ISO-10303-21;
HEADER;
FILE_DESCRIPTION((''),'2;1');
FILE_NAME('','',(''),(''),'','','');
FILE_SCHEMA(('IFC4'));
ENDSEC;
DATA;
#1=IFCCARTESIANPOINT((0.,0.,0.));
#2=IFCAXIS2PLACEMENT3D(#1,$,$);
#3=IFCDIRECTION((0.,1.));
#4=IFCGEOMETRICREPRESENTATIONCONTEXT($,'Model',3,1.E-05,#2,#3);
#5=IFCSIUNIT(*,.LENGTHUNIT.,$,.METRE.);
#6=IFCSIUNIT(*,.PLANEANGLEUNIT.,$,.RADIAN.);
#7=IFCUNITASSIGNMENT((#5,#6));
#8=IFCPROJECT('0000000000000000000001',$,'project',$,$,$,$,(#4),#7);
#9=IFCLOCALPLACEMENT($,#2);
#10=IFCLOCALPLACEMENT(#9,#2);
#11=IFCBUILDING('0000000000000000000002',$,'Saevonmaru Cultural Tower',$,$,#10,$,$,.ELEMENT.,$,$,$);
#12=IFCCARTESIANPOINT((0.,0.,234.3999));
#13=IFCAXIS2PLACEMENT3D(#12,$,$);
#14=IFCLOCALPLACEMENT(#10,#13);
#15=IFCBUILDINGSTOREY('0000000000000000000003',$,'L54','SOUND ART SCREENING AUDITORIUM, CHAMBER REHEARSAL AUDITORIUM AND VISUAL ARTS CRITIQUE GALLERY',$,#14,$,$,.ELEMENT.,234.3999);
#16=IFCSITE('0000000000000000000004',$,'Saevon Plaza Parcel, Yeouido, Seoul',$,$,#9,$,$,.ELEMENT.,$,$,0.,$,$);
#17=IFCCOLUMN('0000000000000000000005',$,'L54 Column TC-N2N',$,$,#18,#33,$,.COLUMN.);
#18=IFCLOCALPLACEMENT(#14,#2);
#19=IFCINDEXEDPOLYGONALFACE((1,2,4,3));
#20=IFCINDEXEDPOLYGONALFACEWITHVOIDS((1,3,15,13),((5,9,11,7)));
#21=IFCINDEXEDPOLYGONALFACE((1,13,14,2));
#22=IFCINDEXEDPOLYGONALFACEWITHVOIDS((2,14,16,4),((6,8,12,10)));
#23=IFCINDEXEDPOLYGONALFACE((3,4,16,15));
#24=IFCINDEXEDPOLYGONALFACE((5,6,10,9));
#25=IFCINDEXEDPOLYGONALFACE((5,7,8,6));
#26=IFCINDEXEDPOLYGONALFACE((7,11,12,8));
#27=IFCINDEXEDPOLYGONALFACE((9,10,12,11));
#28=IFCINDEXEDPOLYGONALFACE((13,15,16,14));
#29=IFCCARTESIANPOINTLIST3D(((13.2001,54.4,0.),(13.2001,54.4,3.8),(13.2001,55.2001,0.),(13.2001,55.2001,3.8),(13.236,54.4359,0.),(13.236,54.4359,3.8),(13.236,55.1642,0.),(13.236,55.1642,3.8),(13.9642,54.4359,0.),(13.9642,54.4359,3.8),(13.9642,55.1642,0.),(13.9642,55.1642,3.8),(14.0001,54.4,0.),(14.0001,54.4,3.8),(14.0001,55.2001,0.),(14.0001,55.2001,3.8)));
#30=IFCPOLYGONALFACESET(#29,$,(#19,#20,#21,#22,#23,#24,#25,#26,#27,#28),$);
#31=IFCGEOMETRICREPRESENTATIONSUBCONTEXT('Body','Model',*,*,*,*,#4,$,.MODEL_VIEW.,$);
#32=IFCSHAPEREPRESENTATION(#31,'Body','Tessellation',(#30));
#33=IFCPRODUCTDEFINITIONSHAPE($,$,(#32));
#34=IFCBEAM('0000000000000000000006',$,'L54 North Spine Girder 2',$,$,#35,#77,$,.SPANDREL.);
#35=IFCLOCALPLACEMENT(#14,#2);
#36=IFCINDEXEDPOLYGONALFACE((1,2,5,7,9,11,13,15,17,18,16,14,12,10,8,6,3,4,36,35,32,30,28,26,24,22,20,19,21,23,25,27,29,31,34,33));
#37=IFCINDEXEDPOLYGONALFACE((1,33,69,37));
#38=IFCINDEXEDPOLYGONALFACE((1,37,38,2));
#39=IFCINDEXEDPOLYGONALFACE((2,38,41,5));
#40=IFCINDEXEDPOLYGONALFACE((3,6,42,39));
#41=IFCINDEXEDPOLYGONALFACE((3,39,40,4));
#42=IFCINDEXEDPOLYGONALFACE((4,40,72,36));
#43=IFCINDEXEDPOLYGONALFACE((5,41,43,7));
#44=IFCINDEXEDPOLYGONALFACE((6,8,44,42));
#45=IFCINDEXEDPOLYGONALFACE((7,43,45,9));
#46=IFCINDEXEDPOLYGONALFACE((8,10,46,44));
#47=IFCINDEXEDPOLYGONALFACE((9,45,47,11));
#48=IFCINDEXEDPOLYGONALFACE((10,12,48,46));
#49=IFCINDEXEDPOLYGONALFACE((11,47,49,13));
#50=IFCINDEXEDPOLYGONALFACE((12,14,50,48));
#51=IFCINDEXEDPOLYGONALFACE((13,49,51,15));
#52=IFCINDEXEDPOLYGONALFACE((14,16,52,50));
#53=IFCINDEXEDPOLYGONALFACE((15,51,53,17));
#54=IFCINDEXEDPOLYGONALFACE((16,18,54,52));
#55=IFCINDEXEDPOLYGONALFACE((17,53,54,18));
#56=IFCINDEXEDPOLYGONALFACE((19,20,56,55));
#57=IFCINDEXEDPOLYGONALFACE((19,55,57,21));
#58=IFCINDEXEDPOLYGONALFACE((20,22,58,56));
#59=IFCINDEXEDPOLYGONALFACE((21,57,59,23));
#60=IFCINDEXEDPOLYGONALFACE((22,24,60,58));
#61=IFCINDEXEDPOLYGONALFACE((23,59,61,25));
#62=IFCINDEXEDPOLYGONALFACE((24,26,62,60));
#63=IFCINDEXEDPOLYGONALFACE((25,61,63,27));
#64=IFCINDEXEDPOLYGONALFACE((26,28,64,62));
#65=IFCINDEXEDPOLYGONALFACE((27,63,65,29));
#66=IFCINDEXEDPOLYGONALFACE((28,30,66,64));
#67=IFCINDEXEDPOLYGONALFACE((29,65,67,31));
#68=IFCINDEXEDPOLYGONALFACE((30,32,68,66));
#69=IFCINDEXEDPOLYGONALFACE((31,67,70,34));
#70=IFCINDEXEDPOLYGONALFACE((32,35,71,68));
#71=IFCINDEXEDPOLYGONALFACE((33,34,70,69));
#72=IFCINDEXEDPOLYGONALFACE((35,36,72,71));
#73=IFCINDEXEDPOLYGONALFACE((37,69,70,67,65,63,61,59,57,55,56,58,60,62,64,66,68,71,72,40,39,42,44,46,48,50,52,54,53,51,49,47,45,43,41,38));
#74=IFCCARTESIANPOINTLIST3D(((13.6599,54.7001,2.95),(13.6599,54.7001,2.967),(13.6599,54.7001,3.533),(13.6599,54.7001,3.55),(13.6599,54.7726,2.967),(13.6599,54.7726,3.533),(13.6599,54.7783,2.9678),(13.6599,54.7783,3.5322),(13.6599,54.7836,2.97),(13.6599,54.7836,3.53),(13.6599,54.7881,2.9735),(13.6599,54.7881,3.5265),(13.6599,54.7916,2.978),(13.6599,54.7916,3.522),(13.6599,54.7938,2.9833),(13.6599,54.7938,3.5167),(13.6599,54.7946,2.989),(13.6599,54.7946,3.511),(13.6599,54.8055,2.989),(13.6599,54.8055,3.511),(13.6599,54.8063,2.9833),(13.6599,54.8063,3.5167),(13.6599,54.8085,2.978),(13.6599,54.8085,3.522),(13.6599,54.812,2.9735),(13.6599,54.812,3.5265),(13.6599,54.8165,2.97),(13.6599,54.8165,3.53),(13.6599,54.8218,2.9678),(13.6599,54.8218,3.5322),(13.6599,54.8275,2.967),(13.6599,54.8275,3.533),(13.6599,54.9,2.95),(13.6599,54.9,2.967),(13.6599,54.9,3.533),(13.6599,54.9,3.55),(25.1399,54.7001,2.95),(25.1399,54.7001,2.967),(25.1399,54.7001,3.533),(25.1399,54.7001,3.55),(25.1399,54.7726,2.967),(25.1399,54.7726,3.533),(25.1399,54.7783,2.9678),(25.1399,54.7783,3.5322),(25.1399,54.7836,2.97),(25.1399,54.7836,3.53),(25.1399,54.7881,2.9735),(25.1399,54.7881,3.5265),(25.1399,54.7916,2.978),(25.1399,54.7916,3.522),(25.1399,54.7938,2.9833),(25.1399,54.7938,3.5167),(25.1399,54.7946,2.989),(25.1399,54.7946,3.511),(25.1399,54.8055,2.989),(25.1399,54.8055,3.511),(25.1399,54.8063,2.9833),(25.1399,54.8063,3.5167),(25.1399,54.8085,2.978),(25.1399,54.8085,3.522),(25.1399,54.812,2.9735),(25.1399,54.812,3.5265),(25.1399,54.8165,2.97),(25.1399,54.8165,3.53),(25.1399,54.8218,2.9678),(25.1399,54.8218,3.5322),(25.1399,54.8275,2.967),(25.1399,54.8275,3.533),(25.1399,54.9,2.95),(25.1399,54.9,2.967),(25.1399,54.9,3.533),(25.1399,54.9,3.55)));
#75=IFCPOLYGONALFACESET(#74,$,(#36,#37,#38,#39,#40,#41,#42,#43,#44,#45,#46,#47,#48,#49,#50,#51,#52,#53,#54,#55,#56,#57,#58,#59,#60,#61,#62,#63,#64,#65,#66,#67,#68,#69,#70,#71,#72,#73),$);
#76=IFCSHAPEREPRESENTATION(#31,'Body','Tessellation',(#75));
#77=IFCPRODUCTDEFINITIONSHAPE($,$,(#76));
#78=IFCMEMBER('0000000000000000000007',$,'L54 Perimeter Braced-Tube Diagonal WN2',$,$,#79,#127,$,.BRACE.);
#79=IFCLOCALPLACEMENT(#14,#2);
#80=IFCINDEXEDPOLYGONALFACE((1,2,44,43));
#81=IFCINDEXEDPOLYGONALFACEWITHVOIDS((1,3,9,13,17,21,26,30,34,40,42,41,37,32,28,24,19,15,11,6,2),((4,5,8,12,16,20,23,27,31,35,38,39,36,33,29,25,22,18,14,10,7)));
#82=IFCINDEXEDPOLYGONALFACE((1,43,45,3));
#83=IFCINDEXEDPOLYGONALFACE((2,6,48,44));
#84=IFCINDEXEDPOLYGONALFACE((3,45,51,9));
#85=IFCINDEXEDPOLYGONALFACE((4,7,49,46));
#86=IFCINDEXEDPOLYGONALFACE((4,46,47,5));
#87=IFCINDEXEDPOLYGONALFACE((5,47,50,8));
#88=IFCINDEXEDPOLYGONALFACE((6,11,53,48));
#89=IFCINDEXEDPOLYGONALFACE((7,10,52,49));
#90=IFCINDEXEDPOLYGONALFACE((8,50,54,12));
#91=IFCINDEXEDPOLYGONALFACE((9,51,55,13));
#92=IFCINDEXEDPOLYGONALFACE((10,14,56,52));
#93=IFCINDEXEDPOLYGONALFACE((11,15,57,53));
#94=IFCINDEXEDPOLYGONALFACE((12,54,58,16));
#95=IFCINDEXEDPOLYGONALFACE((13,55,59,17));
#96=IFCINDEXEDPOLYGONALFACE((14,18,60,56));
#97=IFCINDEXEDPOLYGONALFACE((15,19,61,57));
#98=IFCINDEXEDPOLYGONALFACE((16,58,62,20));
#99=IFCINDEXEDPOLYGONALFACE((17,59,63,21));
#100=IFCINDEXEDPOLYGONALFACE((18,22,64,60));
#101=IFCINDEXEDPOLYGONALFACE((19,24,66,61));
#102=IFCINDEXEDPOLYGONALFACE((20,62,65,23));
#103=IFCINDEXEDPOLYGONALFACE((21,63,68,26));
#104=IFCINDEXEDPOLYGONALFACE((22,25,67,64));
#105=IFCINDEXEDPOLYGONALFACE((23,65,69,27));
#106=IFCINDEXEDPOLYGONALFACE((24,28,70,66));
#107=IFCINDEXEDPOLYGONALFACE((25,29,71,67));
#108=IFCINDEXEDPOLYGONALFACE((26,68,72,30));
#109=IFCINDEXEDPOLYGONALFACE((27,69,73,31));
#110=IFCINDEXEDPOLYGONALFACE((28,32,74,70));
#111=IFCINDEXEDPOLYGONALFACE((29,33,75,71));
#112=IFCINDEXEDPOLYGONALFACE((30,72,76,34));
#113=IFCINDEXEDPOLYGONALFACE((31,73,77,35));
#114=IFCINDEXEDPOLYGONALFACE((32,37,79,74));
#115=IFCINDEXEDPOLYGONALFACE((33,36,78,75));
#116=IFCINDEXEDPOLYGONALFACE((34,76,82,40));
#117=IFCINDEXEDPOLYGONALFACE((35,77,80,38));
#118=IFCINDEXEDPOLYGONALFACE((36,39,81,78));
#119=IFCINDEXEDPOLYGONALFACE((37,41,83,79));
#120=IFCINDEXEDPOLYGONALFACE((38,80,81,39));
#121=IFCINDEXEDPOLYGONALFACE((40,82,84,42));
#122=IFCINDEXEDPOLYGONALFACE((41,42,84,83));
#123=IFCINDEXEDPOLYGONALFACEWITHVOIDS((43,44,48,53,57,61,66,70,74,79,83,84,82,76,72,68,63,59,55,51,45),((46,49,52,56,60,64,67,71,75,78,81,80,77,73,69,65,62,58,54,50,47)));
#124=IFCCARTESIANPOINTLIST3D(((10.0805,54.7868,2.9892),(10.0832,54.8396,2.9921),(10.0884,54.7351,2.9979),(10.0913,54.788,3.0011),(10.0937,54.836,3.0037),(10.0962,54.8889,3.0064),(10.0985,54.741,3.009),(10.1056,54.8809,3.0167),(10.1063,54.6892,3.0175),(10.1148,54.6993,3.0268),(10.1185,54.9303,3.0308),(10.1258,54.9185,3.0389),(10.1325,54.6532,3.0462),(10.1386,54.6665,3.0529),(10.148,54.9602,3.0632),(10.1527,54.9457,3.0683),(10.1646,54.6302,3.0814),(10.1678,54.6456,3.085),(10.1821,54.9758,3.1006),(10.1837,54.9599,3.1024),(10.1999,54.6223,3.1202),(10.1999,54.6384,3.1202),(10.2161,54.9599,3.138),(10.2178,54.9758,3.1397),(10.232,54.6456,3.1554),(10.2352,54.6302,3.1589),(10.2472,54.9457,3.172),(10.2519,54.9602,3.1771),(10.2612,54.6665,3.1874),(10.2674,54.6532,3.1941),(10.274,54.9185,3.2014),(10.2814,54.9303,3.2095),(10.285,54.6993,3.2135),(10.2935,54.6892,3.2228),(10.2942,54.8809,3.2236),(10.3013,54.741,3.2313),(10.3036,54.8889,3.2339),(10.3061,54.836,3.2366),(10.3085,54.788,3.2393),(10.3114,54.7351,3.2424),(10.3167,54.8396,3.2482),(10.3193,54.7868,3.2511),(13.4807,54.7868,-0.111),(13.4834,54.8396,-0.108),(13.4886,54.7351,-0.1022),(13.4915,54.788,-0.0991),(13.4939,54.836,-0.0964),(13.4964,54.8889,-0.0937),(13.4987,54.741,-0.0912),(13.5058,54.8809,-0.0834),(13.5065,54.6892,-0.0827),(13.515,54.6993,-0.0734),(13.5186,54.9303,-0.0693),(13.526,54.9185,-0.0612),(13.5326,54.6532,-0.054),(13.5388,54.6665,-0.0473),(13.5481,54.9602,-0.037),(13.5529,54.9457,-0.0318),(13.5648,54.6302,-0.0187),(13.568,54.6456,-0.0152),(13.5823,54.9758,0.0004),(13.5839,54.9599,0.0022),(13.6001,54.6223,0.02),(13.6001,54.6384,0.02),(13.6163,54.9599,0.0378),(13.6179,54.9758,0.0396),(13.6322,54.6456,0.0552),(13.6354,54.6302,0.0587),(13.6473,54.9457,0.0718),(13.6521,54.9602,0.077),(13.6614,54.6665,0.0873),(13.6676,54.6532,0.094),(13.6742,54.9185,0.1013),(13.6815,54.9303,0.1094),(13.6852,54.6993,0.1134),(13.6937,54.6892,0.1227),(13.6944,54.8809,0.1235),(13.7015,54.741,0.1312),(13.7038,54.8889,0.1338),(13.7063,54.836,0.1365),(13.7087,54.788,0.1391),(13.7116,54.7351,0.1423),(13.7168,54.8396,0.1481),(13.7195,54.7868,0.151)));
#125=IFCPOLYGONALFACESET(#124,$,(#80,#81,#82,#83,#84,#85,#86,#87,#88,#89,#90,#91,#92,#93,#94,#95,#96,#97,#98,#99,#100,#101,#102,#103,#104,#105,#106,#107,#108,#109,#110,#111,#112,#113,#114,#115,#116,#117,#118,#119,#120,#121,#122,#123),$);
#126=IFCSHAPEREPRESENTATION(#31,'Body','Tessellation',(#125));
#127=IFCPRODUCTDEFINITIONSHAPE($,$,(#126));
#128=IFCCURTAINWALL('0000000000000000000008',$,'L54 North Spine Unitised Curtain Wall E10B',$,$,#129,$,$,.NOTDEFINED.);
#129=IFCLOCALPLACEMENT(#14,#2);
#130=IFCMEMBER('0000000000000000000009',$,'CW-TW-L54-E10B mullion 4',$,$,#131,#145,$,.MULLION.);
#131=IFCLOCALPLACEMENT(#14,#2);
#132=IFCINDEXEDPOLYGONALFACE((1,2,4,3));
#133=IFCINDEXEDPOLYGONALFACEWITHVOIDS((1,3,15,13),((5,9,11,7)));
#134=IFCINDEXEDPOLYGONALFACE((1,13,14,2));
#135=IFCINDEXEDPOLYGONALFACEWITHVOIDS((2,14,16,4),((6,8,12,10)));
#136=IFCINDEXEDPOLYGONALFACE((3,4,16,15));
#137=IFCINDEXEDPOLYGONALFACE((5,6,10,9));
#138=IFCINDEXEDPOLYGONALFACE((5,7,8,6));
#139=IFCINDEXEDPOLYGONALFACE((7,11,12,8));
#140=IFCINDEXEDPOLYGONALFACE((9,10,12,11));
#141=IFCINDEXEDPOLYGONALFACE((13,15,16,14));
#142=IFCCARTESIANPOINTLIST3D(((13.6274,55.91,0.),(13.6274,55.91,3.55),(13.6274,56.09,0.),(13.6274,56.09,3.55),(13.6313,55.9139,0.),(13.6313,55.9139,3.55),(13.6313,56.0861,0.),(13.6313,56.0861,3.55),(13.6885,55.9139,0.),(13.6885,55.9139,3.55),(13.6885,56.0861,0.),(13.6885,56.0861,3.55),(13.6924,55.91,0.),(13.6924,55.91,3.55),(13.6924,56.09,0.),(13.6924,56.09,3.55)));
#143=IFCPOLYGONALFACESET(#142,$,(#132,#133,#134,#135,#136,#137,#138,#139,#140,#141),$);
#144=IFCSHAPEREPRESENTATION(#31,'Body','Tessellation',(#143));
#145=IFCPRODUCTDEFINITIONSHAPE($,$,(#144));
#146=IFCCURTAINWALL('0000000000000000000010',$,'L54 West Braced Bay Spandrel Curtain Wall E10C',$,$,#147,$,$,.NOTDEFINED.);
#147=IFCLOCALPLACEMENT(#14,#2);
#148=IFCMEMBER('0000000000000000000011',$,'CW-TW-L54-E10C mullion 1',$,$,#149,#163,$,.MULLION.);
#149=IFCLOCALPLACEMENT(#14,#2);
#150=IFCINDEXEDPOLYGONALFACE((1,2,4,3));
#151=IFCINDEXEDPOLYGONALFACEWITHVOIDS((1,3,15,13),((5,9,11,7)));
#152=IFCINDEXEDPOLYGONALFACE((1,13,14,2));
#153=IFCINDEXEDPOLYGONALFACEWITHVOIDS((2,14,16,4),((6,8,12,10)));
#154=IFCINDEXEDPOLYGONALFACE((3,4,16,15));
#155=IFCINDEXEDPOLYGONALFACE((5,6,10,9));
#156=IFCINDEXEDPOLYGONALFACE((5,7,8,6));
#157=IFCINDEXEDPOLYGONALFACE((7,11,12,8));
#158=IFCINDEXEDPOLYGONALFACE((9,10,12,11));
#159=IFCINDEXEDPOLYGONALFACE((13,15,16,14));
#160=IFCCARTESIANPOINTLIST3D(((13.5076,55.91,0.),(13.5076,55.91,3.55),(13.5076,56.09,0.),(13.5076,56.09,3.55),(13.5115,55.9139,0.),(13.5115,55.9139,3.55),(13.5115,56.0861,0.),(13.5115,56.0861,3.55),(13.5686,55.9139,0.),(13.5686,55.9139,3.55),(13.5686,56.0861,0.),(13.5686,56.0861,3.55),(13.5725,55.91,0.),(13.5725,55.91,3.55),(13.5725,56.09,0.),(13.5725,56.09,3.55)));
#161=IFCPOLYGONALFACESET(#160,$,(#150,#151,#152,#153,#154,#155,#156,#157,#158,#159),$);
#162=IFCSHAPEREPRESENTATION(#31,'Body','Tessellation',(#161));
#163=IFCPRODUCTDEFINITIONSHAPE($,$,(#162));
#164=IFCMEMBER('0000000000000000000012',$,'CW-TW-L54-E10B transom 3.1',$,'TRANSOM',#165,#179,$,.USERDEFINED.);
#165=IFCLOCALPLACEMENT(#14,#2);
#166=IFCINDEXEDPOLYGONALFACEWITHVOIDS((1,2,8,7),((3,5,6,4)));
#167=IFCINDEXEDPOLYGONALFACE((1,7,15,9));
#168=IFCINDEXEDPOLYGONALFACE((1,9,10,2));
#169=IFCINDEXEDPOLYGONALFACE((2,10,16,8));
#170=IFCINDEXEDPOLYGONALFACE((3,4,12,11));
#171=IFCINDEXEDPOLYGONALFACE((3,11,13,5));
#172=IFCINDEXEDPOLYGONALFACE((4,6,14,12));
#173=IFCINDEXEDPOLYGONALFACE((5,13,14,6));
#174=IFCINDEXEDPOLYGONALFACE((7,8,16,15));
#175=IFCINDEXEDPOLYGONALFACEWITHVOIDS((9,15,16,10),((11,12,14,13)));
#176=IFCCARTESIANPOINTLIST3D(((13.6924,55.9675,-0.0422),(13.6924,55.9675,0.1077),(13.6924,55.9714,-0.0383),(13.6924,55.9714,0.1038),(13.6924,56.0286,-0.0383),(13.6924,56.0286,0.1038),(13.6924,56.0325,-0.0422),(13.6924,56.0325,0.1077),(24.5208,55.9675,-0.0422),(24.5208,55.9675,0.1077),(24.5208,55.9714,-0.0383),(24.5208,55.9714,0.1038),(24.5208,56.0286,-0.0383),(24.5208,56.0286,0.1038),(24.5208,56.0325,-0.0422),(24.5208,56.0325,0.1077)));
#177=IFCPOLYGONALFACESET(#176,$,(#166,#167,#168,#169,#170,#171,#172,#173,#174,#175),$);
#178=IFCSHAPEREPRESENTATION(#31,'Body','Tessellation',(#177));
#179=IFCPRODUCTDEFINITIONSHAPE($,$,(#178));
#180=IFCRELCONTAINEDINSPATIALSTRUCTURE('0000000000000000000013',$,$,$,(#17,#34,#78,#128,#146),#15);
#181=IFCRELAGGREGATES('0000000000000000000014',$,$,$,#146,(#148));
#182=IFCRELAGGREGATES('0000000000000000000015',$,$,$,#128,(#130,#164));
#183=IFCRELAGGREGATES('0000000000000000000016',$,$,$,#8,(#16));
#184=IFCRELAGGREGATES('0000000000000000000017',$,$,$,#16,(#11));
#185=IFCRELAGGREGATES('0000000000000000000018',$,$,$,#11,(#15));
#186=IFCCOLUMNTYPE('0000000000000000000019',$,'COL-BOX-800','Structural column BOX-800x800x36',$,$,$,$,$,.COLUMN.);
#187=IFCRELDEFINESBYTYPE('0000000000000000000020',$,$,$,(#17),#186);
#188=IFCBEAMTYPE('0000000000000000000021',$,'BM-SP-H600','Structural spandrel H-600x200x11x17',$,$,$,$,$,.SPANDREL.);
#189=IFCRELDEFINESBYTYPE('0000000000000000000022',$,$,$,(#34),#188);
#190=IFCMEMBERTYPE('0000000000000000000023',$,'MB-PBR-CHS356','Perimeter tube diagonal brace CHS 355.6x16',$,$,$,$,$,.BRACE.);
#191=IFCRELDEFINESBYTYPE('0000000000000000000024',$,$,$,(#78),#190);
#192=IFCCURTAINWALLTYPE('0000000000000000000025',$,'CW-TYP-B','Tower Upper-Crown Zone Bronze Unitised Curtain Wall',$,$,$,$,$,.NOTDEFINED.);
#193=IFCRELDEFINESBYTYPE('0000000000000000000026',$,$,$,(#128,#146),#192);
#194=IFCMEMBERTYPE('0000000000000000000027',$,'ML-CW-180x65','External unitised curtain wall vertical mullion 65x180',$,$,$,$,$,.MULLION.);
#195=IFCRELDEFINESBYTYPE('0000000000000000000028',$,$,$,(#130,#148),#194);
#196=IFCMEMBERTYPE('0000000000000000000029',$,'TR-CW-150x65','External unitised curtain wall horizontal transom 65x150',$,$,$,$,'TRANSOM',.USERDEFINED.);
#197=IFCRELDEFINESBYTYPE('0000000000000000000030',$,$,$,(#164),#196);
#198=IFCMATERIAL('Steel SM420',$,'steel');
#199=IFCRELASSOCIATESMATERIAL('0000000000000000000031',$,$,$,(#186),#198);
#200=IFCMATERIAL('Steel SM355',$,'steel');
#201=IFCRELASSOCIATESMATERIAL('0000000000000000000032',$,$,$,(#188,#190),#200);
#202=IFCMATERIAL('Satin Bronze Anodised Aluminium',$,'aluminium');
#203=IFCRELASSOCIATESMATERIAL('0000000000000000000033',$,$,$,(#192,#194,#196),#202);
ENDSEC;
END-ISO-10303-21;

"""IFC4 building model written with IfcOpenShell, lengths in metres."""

from ifc_helpers import new_model, si_unit, direction, frame, origin, origin_2d, place, context, subcontext, project, spatial, hollow_rectangle, hollow_circle, i_section, extrude, material, material_profile, profile_set, type_object, element, aggregate, save


model = new_model("IFC4")

# Units and contexts
model_context = context("Model", 3, precision=1e-05, world=origin(), true_north=direction((0.0, 1.0)))
body_context = subcontext(model_context, "Body", "Model", "MODEL_VIEW")
ifc_project = project(units=[si_unit("LENGTHUNIT", "METRE"), si_unit("PLANEANGLEUNIT", "RADIAN")], contexts=[model_context])

# Site, building, storey
site_placement = place(None, origin())
site = spatial("IfcSite", under=ifc_project, at=site_placement, Name="Saevon Plaza Parcel, Yeouido, Seoul", CompositionType="ELEMENT", RefElevation=0.0)
building_placement = place(site_placement, origin())
building = spatial("IfcBuilding", under=site, at=building_placement, Name="Saevonmaru Cultural Tower", CompositionType="ELEMENT")
storey_placement = place(building_placement, frame((0.0, 0.0, 234.3999)))
storey = spatial("IfcBuildingStorey", under=building, at=storey_placement, Name="L54", Description="SOUND ART SCREENING AUDITORIUM, CHAMBER REHEARSAL AUDITORIUM AND VISUAL ARTS CRITIQUE GALLERY", CompositionType="ELEMENT", Elevation=234.3999)

# Column
ifc_material_1 = material(Name="Steel SM420", Category="steel")
ifc_material_profile_1 = material_profile(ifc_material_1, hollow_rectangle(XDim=0.8, YDim=0.8, WallThickness=0.0359, at=origin_2d()), Name="BOX-800x800x36")
ifc_profile_set_1 = profile_set([ifc_material_profile_1], Name="Steel SM420")
column_type = type_object("IfcColumnType", Name="COL-BOX-800", Description="Structural column BOX-800x800x36", PredefinedType="COLUMN", material=ifc_profile_set_1)
column_placement = place(storey_placement, frame((13.6001, 54.8, 0.0), z_axis=(0.0, 0.0, 1.0), x_axis=(1.0, 0.0, 0.0)))
element("IfcColumn", 1, at=column_placement, inside=storey, type_object=column_type, Name="L54 Column TC-N2N", PredefinedType="COLUMN", context=body_context, shape_type="SweptSolid", body=[
    extrude(hollow_rectangle(XDim=0.8, YDim=0.8, WallThickness=0.0359, at=origin_2d()), origin(), (0.0, 0.0, 1.0), 3.8),
])

# Beam
ifc_material_2 = material(Name="Steel SM355", Category="steel")
ifc_material_profile_2 = material_profile(ifc_material_2, i_section(OverallWidth=0.2, OverallDepth=0.6001, WebThickness=0.011, FlangeThickness=0.0171, FilletRadius=0.022, at=origin_2d()), Name="H-600x200x11x17")
ifc_profile_set_2 = profile_set([ifc_material_profile_2], Name="Steel SM355")
beam_type = type_object("IfcBeamType", Name="BM-SP-H600", Description="Structural spandrel H-600x200x11x17", PredefinedType="SPANDREL", material=ifc_profile_set_2)
beam_placement = place(storey_placement, frame((13.6599, 54.8, 3.25), z_axis=(1.0, 0.0, 0.0), x_axis=(0.0, 1.0, 0.0)))
element("IfcBeam", 2, at=beam_placement, inside=storey, type_object=beam_type, Name="L54 North Spine Girder 2", PredefinedType="SPANDREL", context=body_context, shape_type="SweptSolid", body=[
    extrude(i_section(OverallWidth=0.2, OverallDepth=0.6001, WebThickness=0.011, FlangeThickness=0.0171, FilletRadius=0.022, at=origin_2d()), origin(), (0.0, 0.0, 1.0), 11.48),
])

# Member
ifc_material_profile_3 = material_profile(ifc_material_2, hollow_circle(Radius=0.1777, WallThickness=0.0161, at=origin_2d()), Name="CHS-355.6x16")
ifc_profile_set_3 = profile_set([ifc_material_profile_3], Name="Steel SM355")
member_type_1 = type_object("IfcMemberType", Name="MB-PBR-CHS356", Description="Perimeter tube diagonal brace CHS 355.6x16", PredefinedType="BRACE", material=ifc_profile_set_3)
member_1_placement = place(storey_placement, frame((13.6001, 54.8, 0.02), z_axis=(-0.73896, 0.0, 0.67375), x_axis=(0.0, -1.0, 0.0)))
element("IfcMember", 3, at=member_1_placement, inside=storey, type_object=member_type_1, Name="L54 Perimeter Braced-Tube Diagonal WN2", PredefinedType="BRACE", context=body_context, shape_type="SweptSolid", body=[
    extrude(hollow_circle(Radius=0.1777, WallThickness=0.0161, at=origin_2d()), origin(), (0.0, 0.0, 1.0), 4.6013),
])

# Curtain walls, members
ifc_material_3 = material(Name="Satin Bronze Anodised Aluminium", Category="aluminium")
curtain_wall_type = type_object("IfcCurtainWallType", Name="CW-TYP-B", Description="Tower Upper-Crown Zone Bronze Unitised Curtain Wall", PredefinedType="NOTDEFINED", material=ifc_material_3)
curtain_wall_1_placement = place(storey_placement, origin())
curtain_wall_1 = element("IfcCurtainWall", 4, at=curtain_wall_1_placement, inside=storey, type_object=curtain_wall_type, Name="L54 North Spine Unitised Curtain Wall E10B", PredefinedType="NOTDEFINED")
ifc_material_profile_4 = material_profile(ifc_material_3, hollow_rectangle(XDim=0.0649, YDim=0.1799, WallThickness=0.0039, at=origin_2d()), Name="ALU-MULL-180x65x4")
ifc_profile_set_4 = profile_set([ifc_material_profile_4], Name="Satin Bronze Anodised Aluminium")
member_type_2 = type_object("IfcMemberType", Name="ML-CW-180x65", Description="External unitised curtain wall vertical mullion 65x180", PredefinedType="MULLION", material=ifc_profile_set_4)
member_2_placement = place(storey_placement, frame((13.6599, 56.0, 0.0), z_axis=(0.0, 0.0, 1.0), x_axis=(-1.0, 0.0, 0.0)))
member_2 = element("IfcMember", 5, at=member_2_placement, type_object=member_type_2, Name="CW-TW-L54-E10B mullion 4", PredefinedType="MULLION", context=body_context, shape_type="SweptSolid", body=[
    extrude(hollow_rectangle(XDim=0.0649, YDim=0.1799, WallThickness=0.0039, at=origin_2d()), origin(), (0.0, 0.0, 1.0), 3.55),
])
curtain_wall_2_placement = place(storey_placement, origin())
curtain_wall_2 = element("IfcCurtainWall", 6, at=curtain_wall_2_placement, inside=storey, type_object=curtain_wall_type, Name="L54 West Braced Bay Spandrel Curtain Wall E10C", PredefinedType="NOTDEFINED")
member_3_placement = place(storey_placement, frame((13.54, 56.0, 0.0), z_axis=(0.0, 0.0, 1.0), x_axis=(-1.0, 0.0, 0.0)))
member_3 = element("IfcMember", 7, at=member_3_placement, type_object=member_type_2, Name="CW-TW-L54-E10C mullion 1", PredefinedType="MULLION", context=body_context, shape_type="SweptSolid", body=[
    extrude(hollow_rectangle(XDim=0.0649, YDim=0.1799, WallThickness=0.0039, at=origin_2d()), origin(), (0.0, 0.0, 1.0), 3.55),
])

# Member
ifc_material_profile_5 = material_profile(ifc_material_3, hollow_rectangle(XDim=0.0649, YDim=0.1499, WallThickness=0.0039, at=origin_2d()), Name="ALU-TRAN-150x65x4")
ifc_profile_set_5 = profile_set([ifc_material_profile_5], Name="Satin Bronze Anodised Aluminium")
member_type_3 = type_object("IfcMemberType", Name="TR-CW-150x65", Description="External unitised curtain wall horizontal transom 65x150", ElementType="TRANSOM", PredefinedType="USERDEFINED", material=ifc_profile_set_5)
member_4_placement = place(storey_placement, frame((24.5208, 56.0, 0.0327), z_axis=(-1.0, 0.0, 0.0), x_axis=(0.0, -1.0, 0.0)))
member_4 = element("IfcMember", 8, at=member_4_placement, type_object=member_type_3, Name="CW-TW-L54-E10B transom 3.1", ObjectType="TRANSOM", PredefinedType="USERDEFINED", context=body_context, shape_type="SweptSolid", body=[
    extrude(hollow_rectangle(XDim=0.0649, YDim=0.1499, WallThickness=0.0039, at=origin_2d()), origin(), (0.0, 0.0, 1.0), 10.8284),
])
aggregate(curtain_wall_2, [member_3])

aggregate(curtain_wall_1, [member_2, member_4])

save(model, "model.ifc")
